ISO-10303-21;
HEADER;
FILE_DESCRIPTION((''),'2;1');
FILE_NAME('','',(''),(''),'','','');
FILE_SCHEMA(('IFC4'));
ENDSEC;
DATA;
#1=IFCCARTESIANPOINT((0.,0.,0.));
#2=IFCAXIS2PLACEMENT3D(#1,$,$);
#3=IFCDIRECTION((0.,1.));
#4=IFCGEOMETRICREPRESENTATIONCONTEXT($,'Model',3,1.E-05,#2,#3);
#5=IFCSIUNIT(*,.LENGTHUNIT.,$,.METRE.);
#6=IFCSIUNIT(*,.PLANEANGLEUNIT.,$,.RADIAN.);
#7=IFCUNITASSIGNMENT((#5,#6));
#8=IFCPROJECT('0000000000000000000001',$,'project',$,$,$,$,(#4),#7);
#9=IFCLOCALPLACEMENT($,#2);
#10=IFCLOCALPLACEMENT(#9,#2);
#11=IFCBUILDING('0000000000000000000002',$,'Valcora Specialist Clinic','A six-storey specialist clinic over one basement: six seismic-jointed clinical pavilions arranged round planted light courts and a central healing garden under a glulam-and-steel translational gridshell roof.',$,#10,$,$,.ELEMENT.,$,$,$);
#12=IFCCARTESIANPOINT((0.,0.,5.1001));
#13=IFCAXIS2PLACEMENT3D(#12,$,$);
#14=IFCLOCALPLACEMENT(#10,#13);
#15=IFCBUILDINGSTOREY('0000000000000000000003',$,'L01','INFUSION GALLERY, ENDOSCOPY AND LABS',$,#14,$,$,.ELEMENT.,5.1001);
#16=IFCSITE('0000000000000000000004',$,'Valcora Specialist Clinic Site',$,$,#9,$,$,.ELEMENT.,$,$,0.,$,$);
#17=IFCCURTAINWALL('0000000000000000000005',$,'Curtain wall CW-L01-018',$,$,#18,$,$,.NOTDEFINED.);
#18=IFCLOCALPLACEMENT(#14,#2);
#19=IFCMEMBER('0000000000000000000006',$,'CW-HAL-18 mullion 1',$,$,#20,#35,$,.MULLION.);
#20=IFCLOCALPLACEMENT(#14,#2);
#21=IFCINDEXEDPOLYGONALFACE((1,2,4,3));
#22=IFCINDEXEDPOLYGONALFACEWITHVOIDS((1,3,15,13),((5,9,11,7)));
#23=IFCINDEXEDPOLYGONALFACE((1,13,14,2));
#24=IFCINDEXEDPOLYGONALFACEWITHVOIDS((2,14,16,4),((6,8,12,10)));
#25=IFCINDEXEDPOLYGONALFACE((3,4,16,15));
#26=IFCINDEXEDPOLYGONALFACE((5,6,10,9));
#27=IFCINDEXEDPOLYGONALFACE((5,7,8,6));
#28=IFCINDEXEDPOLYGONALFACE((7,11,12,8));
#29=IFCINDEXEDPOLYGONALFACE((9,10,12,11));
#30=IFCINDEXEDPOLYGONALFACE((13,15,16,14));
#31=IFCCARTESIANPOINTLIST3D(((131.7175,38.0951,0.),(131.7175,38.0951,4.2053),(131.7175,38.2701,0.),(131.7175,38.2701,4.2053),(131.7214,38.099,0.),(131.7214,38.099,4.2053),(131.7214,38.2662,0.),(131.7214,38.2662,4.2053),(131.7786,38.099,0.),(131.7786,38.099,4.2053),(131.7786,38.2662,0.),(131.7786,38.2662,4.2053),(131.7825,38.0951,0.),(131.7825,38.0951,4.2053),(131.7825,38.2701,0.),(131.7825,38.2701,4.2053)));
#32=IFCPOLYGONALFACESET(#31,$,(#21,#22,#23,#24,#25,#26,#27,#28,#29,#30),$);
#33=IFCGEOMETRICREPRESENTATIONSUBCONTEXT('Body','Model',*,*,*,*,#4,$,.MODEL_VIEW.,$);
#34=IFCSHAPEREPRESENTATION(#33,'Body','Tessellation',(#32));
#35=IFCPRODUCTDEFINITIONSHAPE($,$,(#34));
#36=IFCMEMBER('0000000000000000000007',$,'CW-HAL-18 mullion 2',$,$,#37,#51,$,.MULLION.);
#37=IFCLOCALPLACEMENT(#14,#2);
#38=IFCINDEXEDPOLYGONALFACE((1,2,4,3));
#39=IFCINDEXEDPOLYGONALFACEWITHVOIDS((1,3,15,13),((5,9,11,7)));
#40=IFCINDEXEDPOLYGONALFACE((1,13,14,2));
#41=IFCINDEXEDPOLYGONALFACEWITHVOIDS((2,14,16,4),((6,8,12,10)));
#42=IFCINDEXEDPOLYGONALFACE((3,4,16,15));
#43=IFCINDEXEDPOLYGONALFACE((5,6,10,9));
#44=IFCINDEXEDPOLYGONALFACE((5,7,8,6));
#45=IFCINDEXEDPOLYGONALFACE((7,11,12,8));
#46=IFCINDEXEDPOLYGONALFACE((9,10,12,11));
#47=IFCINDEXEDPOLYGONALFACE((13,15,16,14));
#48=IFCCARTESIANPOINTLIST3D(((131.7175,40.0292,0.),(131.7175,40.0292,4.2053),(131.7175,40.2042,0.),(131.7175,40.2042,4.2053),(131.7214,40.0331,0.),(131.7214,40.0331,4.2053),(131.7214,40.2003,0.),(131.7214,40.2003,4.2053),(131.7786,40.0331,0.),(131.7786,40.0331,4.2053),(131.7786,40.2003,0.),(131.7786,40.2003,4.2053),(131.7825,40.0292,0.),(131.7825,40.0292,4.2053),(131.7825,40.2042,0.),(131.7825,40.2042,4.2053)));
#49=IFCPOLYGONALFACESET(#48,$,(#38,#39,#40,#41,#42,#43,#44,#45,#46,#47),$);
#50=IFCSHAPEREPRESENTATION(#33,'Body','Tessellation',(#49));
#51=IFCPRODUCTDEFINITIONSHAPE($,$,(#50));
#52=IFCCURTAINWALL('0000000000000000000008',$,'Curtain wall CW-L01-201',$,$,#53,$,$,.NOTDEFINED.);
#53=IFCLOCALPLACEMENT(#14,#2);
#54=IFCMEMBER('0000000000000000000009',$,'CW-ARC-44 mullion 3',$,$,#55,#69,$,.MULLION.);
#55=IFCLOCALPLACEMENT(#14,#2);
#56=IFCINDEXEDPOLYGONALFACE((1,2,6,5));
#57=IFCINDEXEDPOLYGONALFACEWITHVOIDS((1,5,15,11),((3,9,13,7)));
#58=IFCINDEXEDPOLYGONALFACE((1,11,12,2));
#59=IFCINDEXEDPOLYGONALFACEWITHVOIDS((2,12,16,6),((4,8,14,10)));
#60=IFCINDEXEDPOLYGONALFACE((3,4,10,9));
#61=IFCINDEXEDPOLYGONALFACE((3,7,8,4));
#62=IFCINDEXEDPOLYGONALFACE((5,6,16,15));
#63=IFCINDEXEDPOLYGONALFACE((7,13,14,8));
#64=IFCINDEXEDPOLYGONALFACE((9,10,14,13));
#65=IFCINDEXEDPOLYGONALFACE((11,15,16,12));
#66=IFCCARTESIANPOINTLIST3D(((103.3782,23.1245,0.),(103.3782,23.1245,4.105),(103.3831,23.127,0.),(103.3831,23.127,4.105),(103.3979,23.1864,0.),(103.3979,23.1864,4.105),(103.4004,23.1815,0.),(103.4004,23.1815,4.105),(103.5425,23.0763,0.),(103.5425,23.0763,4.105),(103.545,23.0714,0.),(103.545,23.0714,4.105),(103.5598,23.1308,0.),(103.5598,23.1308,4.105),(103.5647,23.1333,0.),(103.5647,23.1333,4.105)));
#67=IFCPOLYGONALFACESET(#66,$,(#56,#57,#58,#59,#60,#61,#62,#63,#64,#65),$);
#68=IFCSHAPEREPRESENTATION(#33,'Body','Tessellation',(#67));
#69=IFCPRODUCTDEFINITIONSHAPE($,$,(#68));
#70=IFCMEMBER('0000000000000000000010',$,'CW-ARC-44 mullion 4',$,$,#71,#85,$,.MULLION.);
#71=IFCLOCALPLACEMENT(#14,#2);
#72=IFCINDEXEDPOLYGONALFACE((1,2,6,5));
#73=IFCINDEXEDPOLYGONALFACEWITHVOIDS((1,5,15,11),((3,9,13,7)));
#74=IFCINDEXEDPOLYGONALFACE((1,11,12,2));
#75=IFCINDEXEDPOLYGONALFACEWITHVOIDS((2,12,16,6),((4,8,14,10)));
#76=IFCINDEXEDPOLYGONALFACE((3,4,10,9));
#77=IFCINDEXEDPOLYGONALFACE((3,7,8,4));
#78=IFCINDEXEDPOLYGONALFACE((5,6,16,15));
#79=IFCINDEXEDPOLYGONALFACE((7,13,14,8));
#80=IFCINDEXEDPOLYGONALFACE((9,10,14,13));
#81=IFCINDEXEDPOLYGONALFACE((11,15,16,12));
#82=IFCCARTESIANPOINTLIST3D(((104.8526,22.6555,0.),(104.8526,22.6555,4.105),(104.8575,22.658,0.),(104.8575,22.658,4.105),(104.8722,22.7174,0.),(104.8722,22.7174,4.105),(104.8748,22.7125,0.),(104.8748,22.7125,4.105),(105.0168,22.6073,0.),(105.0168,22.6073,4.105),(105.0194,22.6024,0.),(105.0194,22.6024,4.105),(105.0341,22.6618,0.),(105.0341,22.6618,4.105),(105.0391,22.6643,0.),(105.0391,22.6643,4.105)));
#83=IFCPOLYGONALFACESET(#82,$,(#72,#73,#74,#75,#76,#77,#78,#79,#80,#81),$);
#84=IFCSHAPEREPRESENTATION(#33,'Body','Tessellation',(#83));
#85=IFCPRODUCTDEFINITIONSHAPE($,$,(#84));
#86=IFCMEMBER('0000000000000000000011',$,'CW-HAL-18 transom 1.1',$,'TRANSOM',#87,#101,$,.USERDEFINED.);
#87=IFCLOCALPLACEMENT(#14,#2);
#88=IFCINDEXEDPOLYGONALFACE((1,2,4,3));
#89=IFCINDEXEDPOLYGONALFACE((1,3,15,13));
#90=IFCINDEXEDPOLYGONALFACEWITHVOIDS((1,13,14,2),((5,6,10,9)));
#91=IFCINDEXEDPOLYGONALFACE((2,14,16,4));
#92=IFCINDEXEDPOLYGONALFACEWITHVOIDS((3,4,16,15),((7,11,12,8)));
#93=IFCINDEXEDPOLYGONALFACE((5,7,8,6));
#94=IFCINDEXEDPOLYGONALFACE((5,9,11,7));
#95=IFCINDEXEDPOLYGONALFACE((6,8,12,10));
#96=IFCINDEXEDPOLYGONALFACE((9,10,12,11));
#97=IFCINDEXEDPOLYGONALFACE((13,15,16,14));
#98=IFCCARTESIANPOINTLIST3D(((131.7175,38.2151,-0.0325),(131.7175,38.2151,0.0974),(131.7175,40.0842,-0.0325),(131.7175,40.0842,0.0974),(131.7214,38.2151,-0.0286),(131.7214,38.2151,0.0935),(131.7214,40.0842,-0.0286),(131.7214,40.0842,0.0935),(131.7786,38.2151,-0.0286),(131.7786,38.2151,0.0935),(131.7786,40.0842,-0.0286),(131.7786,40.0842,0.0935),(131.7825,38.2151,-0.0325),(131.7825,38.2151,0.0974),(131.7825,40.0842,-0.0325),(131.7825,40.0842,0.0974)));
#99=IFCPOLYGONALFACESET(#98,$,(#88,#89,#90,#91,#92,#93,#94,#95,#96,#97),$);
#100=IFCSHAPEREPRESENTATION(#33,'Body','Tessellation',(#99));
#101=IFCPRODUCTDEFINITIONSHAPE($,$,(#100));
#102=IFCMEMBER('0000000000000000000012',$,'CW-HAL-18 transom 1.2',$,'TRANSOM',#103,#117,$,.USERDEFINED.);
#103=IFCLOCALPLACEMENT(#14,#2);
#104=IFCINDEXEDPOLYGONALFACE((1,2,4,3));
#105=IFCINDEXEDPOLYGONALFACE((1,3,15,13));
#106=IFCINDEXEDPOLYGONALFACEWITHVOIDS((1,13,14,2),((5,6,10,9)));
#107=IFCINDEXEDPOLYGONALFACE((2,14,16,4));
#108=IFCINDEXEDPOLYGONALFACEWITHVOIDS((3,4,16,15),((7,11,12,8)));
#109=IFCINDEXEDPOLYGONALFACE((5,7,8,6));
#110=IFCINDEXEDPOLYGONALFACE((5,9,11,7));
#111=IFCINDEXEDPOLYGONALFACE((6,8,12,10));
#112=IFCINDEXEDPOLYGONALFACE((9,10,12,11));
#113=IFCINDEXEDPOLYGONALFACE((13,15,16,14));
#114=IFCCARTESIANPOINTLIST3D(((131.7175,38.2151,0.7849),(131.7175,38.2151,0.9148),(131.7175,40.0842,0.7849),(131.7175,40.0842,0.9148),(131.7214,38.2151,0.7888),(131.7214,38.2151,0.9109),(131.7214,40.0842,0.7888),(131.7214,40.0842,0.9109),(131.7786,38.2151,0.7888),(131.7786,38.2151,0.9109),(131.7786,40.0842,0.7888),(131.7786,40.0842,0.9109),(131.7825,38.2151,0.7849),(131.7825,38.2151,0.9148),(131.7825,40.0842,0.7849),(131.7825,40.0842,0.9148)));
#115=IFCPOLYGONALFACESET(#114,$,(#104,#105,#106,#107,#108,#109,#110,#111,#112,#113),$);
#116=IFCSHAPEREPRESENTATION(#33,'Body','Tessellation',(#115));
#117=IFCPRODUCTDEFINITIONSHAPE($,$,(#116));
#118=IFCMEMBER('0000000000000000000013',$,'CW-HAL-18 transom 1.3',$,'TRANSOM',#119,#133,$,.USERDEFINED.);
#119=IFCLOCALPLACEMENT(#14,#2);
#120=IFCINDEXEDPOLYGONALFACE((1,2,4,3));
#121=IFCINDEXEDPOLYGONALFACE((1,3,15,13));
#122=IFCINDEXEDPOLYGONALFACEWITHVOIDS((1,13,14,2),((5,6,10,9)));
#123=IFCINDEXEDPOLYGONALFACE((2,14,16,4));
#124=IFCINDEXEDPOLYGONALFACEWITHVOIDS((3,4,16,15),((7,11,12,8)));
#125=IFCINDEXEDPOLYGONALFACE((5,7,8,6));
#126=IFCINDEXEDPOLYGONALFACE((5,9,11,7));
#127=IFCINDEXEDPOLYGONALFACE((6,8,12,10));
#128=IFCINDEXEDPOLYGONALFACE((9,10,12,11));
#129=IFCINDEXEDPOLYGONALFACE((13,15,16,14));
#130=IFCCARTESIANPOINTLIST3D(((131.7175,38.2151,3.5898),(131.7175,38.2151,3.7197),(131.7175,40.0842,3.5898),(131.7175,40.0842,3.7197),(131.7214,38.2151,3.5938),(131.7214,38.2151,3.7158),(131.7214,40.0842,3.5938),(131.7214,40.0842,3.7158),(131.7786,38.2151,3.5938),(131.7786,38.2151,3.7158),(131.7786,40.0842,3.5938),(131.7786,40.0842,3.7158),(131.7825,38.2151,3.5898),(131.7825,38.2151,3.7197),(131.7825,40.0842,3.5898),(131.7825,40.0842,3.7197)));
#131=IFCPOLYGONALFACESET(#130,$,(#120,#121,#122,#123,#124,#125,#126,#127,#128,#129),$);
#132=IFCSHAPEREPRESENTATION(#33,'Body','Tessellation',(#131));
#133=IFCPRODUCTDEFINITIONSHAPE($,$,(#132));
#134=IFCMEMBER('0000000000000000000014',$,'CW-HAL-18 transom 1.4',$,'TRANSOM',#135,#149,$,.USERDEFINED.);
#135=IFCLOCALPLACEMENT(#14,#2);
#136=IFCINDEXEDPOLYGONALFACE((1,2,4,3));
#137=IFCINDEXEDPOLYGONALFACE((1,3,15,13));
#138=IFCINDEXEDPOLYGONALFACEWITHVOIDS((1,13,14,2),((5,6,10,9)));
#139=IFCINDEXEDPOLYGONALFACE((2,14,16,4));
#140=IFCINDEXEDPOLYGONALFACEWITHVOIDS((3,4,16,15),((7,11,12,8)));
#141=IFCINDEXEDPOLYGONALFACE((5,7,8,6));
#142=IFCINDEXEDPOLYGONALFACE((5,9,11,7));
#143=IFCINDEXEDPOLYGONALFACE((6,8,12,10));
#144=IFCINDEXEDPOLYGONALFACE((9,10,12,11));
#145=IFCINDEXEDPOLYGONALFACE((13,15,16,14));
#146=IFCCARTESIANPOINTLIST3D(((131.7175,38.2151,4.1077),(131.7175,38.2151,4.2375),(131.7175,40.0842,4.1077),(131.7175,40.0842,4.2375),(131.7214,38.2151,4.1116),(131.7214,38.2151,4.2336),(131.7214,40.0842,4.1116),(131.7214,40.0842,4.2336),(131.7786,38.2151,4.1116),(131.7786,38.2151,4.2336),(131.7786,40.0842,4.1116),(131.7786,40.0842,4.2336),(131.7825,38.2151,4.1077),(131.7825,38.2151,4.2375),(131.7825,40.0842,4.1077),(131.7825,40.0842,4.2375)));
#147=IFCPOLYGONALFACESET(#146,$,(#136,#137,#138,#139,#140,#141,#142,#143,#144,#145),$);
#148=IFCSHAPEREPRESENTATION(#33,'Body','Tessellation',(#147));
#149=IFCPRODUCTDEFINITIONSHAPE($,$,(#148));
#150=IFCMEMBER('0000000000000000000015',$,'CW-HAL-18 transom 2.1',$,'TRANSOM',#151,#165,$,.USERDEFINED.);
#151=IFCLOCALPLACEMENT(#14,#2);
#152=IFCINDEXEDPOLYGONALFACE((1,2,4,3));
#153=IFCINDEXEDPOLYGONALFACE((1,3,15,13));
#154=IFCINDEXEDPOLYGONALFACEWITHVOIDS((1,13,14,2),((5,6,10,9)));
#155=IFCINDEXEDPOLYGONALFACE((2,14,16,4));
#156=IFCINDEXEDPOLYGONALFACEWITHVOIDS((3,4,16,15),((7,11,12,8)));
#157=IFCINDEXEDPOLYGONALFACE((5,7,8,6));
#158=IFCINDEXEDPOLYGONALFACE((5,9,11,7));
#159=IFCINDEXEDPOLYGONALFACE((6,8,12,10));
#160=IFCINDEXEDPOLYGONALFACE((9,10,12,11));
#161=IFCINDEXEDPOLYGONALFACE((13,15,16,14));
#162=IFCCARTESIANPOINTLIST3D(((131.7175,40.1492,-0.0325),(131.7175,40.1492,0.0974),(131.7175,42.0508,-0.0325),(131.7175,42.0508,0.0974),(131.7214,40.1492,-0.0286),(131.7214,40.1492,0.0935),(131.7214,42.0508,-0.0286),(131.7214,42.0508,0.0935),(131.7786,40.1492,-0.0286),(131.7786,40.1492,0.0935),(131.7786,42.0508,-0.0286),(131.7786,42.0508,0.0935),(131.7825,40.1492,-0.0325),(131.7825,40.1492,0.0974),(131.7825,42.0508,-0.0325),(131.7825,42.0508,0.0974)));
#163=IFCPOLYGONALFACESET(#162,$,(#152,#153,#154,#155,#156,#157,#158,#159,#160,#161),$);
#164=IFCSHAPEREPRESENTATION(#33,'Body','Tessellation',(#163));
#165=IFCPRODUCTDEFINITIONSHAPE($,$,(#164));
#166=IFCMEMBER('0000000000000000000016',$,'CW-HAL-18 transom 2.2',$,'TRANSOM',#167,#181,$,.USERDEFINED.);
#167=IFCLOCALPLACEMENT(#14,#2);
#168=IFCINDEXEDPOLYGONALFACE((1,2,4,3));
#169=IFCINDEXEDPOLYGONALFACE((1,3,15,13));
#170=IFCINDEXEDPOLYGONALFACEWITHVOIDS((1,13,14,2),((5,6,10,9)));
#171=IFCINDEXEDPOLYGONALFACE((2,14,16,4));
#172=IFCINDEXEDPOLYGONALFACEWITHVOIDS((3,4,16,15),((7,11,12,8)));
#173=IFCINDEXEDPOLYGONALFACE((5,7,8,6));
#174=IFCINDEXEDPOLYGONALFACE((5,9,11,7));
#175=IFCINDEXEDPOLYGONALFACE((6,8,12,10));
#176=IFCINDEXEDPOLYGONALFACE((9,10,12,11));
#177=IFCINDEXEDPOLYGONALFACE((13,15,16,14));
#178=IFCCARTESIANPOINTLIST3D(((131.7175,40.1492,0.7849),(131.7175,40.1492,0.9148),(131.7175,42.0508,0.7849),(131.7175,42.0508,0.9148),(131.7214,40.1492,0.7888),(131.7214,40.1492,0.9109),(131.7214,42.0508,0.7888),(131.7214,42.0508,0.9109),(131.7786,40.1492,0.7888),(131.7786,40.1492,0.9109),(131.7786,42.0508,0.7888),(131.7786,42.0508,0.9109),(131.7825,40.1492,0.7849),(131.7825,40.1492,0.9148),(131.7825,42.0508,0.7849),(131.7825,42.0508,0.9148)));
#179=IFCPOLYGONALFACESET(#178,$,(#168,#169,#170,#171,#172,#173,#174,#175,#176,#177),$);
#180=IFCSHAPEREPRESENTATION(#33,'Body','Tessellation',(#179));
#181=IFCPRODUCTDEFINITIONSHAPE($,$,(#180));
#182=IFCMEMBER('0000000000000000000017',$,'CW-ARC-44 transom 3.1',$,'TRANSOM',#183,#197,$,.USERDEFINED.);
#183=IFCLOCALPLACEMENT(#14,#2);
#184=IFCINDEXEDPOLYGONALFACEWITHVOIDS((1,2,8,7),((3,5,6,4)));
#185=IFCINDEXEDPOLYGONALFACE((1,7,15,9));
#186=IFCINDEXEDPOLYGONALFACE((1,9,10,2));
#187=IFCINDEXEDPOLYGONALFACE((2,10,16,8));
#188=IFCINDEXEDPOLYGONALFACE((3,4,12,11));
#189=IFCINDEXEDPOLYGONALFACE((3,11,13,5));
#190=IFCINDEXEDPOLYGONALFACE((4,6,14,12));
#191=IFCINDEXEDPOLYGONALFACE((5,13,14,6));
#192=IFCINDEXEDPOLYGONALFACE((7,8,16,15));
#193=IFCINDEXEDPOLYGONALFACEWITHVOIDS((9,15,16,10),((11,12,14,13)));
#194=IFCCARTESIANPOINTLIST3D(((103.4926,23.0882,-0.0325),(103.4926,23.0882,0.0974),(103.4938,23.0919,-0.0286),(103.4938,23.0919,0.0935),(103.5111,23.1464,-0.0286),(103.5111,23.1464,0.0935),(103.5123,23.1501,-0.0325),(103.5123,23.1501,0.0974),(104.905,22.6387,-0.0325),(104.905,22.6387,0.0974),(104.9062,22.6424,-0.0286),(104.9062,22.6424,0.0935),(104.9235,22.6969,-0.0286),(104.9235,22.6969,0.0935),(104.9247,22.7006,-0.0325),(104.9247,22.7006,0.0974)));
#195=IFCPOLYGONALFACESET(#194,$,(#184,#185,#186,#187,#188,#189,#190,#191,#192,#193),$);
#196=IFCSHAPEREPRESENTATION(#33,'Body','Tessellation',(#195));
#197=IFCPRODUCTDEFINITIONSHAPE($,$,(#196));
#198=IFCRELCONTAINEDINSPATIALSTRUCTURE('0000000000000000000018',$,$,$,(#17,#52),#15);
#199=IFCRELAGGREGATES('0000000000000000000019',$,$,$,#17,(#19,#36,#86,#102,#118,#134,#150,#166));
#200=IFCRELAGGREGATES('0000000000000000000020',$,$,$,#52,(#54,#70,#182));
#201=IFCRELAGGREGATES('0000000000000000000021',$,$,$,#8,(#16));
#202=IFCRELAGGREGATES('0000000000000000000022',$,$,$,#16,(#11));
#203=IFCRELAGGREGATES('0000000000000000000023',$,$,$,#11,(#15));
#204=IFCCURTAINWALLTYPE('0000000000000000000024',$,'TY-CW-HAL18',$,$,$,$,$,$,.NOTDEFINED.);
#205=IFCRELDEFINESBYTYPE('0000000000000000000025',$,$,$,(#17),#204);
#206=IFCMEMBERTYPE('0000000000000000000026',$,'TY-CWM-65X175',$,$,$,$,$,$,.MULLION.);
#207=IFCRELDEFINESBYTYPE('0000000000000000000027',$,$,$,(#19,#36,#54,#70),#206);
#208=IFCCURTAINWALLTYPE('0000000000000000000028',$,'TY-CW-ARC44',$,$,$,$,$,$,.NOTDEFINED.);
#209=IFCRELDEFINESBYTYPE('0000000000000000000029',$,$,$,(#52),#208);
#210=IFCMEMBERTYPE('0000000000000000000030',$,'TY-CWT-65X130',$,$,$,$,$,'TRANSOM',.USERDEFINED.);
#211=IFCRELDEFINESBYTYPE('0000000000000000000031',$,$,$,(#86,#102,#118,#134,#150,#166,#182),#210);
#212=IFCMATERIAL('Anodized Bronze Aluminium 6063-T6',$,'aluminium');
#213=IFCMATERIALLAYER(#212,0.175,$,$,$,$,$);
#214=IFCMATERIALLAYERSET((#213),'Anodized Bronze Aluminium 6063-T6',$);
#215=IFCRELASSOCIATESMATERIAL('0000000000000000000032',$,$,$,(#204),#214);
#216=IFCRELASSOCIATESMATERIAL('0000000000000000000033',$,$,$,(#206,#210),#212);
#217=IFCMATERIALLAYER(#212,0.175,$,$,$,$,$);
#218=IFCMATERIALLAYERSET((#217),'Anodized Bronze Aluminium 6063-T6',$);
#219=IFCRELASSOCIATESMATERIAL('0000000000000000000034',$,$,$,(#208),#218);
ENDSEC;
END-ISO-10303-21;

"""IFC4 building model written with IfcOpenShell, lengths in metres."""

from ifc_helpers import new_model, si_unit, direction, frame, origin, origin_2d, place, context, subcontext, project, spatial, hollow_rectangle, extrude, material, layer, layer_set, material_profile, profile_set, type_object, element, aggregate, save


model = new_model("IFC4")

# Units and contexts
model_context = context("Model", 3, precision=1e-05, world=origin(), true_north=direction((0.0, 1.0)))
body_context = subcontext(model_context, "Body", "Model", "MODEL_VIEW")
ifc_project = project(units=[si_unit("LENGTHUNIT", "METRE"), si_unit("PLANEANGLEUNIT", "RADIAN")], contexts=[model_context])

# Site, building, storey
site_placement = place(None, origin())
site = spatial("IfcSite", under=ifc_project, at=site_placement, Name="Valcora Specialist Clinic Site", CompositionType="ELEMENT", RefElevation=0.0)
building_placement = place(site_placement, origin())
building = spatial("IfcBuilding", under=site, at=building_placement, Name="Valcora Specialist Clinic", Description="A six-storey specialist clinic over one basement: six seismic-jointed clinical pavilions arranged round planted light courts and a central healing garden under a glulam-and-steel translational gridshell roof.", CompositionType="ELEMENT")
storey_placement = place(building_placement, frame((0.0, 0.0, 5.1001)))
storey = spatial("IfcBuildingStorey", under=building, at=storey_placement, Name="L01", Description="INFUSION GALLERY, ENDOSCOPY AND LABS", CompositionType="ELEMENT", Elevation=5.1001)

# Curtain walls, members
ifc_material_1 = material(Name="Anodized Bronze Aluminium 6063-T6", Category="aluminium")
ifc_layer_1 = layer(ifc_material_1, 0.175)
ifc_layer_set_1 = layer_set([ifc_layer_1], Name="Anodized Bronze Aluminium 6063-T6")
curtain_wall_type_1 = type_object("IfcCurtainWallType", Name="TY-CW-HAL18", PredefinedType="NOTDEFINED", material=ifc_layer_set_1)
curtain_wall_1_placement = place(storey_placement, origin())
curtain_wall_1 = element("IfcCurtainWall", 1, at=curtain_wall_1_placement, inside=storey, type_object=curtain_wall_type_1, Name="Curtain wall CW-L01-018", PredefinedType="NOTDEFINED")
ifc_material_profile_1 = material_profile(ifc_material_1, hollow_rectangle(XDim=0.0649, YDim=0.175, WallThickness=0.0039, at=origin_2d()), Name="AL-MUL-65X175")
ifc_profile_set_1 = profile_set([ifc_material_profile_1], Name="Anodized Bronze Aluminium 6063-T6")
member_type_1 = type_object("IfcMemberType", Name="TY-CWM-65X175", PredefinedType="MULLION", material=ifc_profile_set_1)
member_1_placement = place(storey_placement, frame((131.75, 38.1826, 0.0), z_axis=(0.0, 0.0, 1.0), x_axis=(-1.0, 0.0, 0.0)))
member_1 = element("IfcMember", 2, at=member_1_placement, type_object=member_type_1, Name="CW-HAL-18 mullion 1", PredefinedType="MULLION", context=body_context, shape_type="SweptSolid", body=[
    extrude(hollow_rectangle(XDim=0.0649, YDim=0.175, WallThickness=0.0039, at=origin_2d()), origin(), (0.0, 0.0, 1.0), 4.2053),
])
member_2_placement = place(storey_placement, frame((131.75, 40.1167, 0.0), z_axis=(0.0, 0.0, 1.0), x_axis=(-1.0, 0.0, 0.0)))
member_2 = element("IfcMember", 3, at=member_2_placement, type_object=member_type_1, Name="CW-HAL-18 mullion 2", PredefinedType="MULLION", context=body_context, shape_type="SweptSolid", body=[
    extrude(hollow_rectangle(XDim=0.0649, YDim=0.175, WallThickness=0.0039, at=origin_2d()), origin(), (0.0, 0.0, 1.0), 4.2053),
])
ifc_layer_2 = layer(ifc_material_1, 0.175)
ifc_layer_set_2 = layer_set([ifc_layer_2], Name="Anodized Bronze Aluminium 6063-T6")
curtain_wall_type_2 = type_object("IfcCurtainWallType", Name="TY-CW-ARC44", PredefinedType="NOTDEFINED", material=ifc_layer_set_2)
curtain_wall_2_placement = place(storey_placement, origin())
curtain_wall_2 = element("IfcCurtainWall", 4, at=curtain_wall_2_placement, inside=storey, type_object=curtain_wall_type_2, Name="Curtain wall CW-L01-201", PredefinedType="NOTDEFINED")
member_3_placement = place(storey_placement, frame((103.4714, 23.1289, 0.0), z_axis=(0.0, 0.0, 1.0), x_axis=(0.303233, 0.952916, 0.0)))
member_3 = element("IfcMember", 5, at=member_3_placement, type_object=member_type_1, Name="CW-ARC-44 mullion 3", PredefinedType="MULLION", context=body_context, shape_type="SweptSolid", body=[
    extrude(hollow_rectangle(XDim=0.0649, YDim=0.175, WallThickness=0.0039, at=origin_2d()), origin(), (0.0, 0.0, 1.0), 4.105),
])
member_4_placement = place(storey_placement, frame((104.9458, 22.6599, 0.0), z_axis=(0.0, 0.0, 1.0), x_axis=(0.303233, 0.952916, 0.0)))
member_4 = element("IfcMember", 6, at=member_4_placement, type_object=member_type_1, Name="CW-ARC-44 mullion 4", PredefinedType="MULLION", context=body_context, shape_type="SweptSolid", body=[
    extrude(hollow_rectangle(XDim=0.0649, YDim=0.175, WallThickness=0.0039, at=origin_2d()), origin(), (0.0, 0.0, 1.0), 4.105),
])

# Members
ifc_material_profile_2 = material_profile(ifc_material_1, hollow_rectangle(XDim=0.0649, YDim=0.1299, WallThickness=0.0039, at=origin_2d()), Name="AL-TRN-65X130")
ifc_profile_set_2 = profile_set([ifc_material_profile_2], Name="Anodized Bronze Aluminium 6063-T6")
member_type_2 = type_object("IfcMemberType", Name="TY-CWT-65X130", ElementType="TRANSOM", PredefinedType="USERDEFINED", material=ifc_profile_set_2)
member_5_placement = place(storey_placement, frame((131.75, 38.2151, 0.0325), z_axis=(0.0, 1.0, 0.0), x_axis=(-1.0, 0.0, 0.0)))
member_5 = element("IfcMember", 7, at=member_5_placement, type_object=member_type_2, Name="CW-HAL-18 transom 1.1", ObjectType="TRANSOM", PredefinedType="USERDEFINED", context=body_context, shape_type="SweptSolid", body=[
    extrude(hollow_rectangle(XDim=0.0649, YDim=0.1299, WallThickness=0.0039, at=origin_2d()), origin(), (0.0, 0.0, 1.0), 1.8691),
])
member_6_placement = place(storey_placement, frame((131.75, 38.2151, 0.8499), z_axis=(0.0, 1.0, 0.0), x_axis=(-1.0, 0.0, 0.0)))
member_6 = element("IfcMember", 8, at=member_6_placement, type_object=member_type_2, Name="CW-HAL-18 transom 1.2", ObjectType="TRANSOM", PredefinedType="USERDEFINED", context=body_context, shape_type="SweptSolid", body=[
    extrude(hollow_rectangle(XDim=0.0649, YDim=0.1299, WallThickness=0.0039, at=origin_2d()), origin(), (0.0, 0.0, 1.0), 1.8691),
])
member_7_placement = place(storey_placement, frame((131.75, 38.2151, 3.6548), z_axis=(0.0, 1.0, 0.0), x_axis=(-1.0, 0.0, 0.0)))
member_7 = element("IfcMember", 9, at=member_7_placement, type_object=member_type_2, Name="CW-HAL-18 transom 1.3", ObjectType="TRANSOM", PredefinedType="USERDEFINED", context=body_context, shape_type="SweptSolid", body=[
    extrude(hollow_rectangle(XDim=0.0649, YDim=0.1299, WallThickness=0.0039, at=origin_2d()), origin(), (0.0, 0.0, 1.0), 1.8691),
])
member_8_placement = place(storey_placement, frame((131.75, 38.2151, 4.1726), z_axis=(0.0, 1.0, 0.0), x_axis=(-1.0, 0.0, 0.0)))
member_8 = element("IfcMember", 10, at=member_8_placement, type_object=member_type_2, Name="CW-HAL-18 transom 1.4", ObjectType="TRANSOM", PredefinedType="USERDEFINED", context=body_context, shape_type="SweptSolid", body=[
    extrude(hollow_rectangle(XDim=0.0649, YDim=0.1299, WallThickness=0.0039, at=origin_2d()), origin(), (0.0, 0.0, 1.0), 1.8691),
])
member_9_placement = place(storey_placement, frame((131.75, 40.1492, 0.0325), z_axis=(0.0, 1.0, 0.0), x_axis=(-1.0, 0.0, 0.0)))
member_9 = element("IfcMember", 11, at=member_9_placement, type_object=member_type_2, Name="CW-HAL-18 transom 2.1", ObjectType="TRANSOM", PredefinedType="USERDEFINED", context=body_context, shape_type="SweptSolid", body=[
    extrude(hollow_rectangle(XDim=0.0649, YDim=0.1299, WallThickness=0.0039, at=origin_2d()), origin(), (0.0, 0.0, 1.0), 1.9016),
])
member_10_placement = place(storey_placement, frame((131.75, 40.1492, 0.8499), z_axis=(0.0, 1.0, 0.0), x_axis=(-1.0, 0.0, 0.0)))
member_10 = element("IfcMember", 12, at=member_10_placement, type_object=member_type_2, Name="CW-HAL-18 transom 2.2", ObjectType="TRANSOM", PredefinedType="USERDEFINED", context=body_context, shape_type="SweptSolid", body=[
    extrude(hollow_rectangle(XDim=0.0649, YDim=0.1299, WallThickness=0.0039, at=origin_2d()), origin(), (0.0, 0.0, 1.0), 1.9016),
])
member_11_placement = place(storey_placement, frame((103.5024, 23.1191, 0.0325), z_axis=(0.952911, -0.303251, 0.0), x_axis=(0.303251, 0.952911, 0.0)))
member_11 = element("IfcMember", 13, at=member_11_placement, type_object=member_type_2, Name="CW-ARC-44 transom 3.1", ObjectType="TRANSOM", PredefinedType="USERDEFINED", context=body_context, shape_type="SweptSolid", body=[
    extrude(hollow_rectangle(XDim=0.0649, YDim=0.1299, WallThickness=0.0039, at=origin_2d()), origin(), (0.0, 0.0, 1.0), 1.4822),
])

aggregate(curtain_wall_1, [member_1, member_2, member_5, member_6, member_7, member_8, member_9, member_10])
aggregate(curtain_wall_2, [member_3, member_4, member_11])

save(model, "model.ifc")
